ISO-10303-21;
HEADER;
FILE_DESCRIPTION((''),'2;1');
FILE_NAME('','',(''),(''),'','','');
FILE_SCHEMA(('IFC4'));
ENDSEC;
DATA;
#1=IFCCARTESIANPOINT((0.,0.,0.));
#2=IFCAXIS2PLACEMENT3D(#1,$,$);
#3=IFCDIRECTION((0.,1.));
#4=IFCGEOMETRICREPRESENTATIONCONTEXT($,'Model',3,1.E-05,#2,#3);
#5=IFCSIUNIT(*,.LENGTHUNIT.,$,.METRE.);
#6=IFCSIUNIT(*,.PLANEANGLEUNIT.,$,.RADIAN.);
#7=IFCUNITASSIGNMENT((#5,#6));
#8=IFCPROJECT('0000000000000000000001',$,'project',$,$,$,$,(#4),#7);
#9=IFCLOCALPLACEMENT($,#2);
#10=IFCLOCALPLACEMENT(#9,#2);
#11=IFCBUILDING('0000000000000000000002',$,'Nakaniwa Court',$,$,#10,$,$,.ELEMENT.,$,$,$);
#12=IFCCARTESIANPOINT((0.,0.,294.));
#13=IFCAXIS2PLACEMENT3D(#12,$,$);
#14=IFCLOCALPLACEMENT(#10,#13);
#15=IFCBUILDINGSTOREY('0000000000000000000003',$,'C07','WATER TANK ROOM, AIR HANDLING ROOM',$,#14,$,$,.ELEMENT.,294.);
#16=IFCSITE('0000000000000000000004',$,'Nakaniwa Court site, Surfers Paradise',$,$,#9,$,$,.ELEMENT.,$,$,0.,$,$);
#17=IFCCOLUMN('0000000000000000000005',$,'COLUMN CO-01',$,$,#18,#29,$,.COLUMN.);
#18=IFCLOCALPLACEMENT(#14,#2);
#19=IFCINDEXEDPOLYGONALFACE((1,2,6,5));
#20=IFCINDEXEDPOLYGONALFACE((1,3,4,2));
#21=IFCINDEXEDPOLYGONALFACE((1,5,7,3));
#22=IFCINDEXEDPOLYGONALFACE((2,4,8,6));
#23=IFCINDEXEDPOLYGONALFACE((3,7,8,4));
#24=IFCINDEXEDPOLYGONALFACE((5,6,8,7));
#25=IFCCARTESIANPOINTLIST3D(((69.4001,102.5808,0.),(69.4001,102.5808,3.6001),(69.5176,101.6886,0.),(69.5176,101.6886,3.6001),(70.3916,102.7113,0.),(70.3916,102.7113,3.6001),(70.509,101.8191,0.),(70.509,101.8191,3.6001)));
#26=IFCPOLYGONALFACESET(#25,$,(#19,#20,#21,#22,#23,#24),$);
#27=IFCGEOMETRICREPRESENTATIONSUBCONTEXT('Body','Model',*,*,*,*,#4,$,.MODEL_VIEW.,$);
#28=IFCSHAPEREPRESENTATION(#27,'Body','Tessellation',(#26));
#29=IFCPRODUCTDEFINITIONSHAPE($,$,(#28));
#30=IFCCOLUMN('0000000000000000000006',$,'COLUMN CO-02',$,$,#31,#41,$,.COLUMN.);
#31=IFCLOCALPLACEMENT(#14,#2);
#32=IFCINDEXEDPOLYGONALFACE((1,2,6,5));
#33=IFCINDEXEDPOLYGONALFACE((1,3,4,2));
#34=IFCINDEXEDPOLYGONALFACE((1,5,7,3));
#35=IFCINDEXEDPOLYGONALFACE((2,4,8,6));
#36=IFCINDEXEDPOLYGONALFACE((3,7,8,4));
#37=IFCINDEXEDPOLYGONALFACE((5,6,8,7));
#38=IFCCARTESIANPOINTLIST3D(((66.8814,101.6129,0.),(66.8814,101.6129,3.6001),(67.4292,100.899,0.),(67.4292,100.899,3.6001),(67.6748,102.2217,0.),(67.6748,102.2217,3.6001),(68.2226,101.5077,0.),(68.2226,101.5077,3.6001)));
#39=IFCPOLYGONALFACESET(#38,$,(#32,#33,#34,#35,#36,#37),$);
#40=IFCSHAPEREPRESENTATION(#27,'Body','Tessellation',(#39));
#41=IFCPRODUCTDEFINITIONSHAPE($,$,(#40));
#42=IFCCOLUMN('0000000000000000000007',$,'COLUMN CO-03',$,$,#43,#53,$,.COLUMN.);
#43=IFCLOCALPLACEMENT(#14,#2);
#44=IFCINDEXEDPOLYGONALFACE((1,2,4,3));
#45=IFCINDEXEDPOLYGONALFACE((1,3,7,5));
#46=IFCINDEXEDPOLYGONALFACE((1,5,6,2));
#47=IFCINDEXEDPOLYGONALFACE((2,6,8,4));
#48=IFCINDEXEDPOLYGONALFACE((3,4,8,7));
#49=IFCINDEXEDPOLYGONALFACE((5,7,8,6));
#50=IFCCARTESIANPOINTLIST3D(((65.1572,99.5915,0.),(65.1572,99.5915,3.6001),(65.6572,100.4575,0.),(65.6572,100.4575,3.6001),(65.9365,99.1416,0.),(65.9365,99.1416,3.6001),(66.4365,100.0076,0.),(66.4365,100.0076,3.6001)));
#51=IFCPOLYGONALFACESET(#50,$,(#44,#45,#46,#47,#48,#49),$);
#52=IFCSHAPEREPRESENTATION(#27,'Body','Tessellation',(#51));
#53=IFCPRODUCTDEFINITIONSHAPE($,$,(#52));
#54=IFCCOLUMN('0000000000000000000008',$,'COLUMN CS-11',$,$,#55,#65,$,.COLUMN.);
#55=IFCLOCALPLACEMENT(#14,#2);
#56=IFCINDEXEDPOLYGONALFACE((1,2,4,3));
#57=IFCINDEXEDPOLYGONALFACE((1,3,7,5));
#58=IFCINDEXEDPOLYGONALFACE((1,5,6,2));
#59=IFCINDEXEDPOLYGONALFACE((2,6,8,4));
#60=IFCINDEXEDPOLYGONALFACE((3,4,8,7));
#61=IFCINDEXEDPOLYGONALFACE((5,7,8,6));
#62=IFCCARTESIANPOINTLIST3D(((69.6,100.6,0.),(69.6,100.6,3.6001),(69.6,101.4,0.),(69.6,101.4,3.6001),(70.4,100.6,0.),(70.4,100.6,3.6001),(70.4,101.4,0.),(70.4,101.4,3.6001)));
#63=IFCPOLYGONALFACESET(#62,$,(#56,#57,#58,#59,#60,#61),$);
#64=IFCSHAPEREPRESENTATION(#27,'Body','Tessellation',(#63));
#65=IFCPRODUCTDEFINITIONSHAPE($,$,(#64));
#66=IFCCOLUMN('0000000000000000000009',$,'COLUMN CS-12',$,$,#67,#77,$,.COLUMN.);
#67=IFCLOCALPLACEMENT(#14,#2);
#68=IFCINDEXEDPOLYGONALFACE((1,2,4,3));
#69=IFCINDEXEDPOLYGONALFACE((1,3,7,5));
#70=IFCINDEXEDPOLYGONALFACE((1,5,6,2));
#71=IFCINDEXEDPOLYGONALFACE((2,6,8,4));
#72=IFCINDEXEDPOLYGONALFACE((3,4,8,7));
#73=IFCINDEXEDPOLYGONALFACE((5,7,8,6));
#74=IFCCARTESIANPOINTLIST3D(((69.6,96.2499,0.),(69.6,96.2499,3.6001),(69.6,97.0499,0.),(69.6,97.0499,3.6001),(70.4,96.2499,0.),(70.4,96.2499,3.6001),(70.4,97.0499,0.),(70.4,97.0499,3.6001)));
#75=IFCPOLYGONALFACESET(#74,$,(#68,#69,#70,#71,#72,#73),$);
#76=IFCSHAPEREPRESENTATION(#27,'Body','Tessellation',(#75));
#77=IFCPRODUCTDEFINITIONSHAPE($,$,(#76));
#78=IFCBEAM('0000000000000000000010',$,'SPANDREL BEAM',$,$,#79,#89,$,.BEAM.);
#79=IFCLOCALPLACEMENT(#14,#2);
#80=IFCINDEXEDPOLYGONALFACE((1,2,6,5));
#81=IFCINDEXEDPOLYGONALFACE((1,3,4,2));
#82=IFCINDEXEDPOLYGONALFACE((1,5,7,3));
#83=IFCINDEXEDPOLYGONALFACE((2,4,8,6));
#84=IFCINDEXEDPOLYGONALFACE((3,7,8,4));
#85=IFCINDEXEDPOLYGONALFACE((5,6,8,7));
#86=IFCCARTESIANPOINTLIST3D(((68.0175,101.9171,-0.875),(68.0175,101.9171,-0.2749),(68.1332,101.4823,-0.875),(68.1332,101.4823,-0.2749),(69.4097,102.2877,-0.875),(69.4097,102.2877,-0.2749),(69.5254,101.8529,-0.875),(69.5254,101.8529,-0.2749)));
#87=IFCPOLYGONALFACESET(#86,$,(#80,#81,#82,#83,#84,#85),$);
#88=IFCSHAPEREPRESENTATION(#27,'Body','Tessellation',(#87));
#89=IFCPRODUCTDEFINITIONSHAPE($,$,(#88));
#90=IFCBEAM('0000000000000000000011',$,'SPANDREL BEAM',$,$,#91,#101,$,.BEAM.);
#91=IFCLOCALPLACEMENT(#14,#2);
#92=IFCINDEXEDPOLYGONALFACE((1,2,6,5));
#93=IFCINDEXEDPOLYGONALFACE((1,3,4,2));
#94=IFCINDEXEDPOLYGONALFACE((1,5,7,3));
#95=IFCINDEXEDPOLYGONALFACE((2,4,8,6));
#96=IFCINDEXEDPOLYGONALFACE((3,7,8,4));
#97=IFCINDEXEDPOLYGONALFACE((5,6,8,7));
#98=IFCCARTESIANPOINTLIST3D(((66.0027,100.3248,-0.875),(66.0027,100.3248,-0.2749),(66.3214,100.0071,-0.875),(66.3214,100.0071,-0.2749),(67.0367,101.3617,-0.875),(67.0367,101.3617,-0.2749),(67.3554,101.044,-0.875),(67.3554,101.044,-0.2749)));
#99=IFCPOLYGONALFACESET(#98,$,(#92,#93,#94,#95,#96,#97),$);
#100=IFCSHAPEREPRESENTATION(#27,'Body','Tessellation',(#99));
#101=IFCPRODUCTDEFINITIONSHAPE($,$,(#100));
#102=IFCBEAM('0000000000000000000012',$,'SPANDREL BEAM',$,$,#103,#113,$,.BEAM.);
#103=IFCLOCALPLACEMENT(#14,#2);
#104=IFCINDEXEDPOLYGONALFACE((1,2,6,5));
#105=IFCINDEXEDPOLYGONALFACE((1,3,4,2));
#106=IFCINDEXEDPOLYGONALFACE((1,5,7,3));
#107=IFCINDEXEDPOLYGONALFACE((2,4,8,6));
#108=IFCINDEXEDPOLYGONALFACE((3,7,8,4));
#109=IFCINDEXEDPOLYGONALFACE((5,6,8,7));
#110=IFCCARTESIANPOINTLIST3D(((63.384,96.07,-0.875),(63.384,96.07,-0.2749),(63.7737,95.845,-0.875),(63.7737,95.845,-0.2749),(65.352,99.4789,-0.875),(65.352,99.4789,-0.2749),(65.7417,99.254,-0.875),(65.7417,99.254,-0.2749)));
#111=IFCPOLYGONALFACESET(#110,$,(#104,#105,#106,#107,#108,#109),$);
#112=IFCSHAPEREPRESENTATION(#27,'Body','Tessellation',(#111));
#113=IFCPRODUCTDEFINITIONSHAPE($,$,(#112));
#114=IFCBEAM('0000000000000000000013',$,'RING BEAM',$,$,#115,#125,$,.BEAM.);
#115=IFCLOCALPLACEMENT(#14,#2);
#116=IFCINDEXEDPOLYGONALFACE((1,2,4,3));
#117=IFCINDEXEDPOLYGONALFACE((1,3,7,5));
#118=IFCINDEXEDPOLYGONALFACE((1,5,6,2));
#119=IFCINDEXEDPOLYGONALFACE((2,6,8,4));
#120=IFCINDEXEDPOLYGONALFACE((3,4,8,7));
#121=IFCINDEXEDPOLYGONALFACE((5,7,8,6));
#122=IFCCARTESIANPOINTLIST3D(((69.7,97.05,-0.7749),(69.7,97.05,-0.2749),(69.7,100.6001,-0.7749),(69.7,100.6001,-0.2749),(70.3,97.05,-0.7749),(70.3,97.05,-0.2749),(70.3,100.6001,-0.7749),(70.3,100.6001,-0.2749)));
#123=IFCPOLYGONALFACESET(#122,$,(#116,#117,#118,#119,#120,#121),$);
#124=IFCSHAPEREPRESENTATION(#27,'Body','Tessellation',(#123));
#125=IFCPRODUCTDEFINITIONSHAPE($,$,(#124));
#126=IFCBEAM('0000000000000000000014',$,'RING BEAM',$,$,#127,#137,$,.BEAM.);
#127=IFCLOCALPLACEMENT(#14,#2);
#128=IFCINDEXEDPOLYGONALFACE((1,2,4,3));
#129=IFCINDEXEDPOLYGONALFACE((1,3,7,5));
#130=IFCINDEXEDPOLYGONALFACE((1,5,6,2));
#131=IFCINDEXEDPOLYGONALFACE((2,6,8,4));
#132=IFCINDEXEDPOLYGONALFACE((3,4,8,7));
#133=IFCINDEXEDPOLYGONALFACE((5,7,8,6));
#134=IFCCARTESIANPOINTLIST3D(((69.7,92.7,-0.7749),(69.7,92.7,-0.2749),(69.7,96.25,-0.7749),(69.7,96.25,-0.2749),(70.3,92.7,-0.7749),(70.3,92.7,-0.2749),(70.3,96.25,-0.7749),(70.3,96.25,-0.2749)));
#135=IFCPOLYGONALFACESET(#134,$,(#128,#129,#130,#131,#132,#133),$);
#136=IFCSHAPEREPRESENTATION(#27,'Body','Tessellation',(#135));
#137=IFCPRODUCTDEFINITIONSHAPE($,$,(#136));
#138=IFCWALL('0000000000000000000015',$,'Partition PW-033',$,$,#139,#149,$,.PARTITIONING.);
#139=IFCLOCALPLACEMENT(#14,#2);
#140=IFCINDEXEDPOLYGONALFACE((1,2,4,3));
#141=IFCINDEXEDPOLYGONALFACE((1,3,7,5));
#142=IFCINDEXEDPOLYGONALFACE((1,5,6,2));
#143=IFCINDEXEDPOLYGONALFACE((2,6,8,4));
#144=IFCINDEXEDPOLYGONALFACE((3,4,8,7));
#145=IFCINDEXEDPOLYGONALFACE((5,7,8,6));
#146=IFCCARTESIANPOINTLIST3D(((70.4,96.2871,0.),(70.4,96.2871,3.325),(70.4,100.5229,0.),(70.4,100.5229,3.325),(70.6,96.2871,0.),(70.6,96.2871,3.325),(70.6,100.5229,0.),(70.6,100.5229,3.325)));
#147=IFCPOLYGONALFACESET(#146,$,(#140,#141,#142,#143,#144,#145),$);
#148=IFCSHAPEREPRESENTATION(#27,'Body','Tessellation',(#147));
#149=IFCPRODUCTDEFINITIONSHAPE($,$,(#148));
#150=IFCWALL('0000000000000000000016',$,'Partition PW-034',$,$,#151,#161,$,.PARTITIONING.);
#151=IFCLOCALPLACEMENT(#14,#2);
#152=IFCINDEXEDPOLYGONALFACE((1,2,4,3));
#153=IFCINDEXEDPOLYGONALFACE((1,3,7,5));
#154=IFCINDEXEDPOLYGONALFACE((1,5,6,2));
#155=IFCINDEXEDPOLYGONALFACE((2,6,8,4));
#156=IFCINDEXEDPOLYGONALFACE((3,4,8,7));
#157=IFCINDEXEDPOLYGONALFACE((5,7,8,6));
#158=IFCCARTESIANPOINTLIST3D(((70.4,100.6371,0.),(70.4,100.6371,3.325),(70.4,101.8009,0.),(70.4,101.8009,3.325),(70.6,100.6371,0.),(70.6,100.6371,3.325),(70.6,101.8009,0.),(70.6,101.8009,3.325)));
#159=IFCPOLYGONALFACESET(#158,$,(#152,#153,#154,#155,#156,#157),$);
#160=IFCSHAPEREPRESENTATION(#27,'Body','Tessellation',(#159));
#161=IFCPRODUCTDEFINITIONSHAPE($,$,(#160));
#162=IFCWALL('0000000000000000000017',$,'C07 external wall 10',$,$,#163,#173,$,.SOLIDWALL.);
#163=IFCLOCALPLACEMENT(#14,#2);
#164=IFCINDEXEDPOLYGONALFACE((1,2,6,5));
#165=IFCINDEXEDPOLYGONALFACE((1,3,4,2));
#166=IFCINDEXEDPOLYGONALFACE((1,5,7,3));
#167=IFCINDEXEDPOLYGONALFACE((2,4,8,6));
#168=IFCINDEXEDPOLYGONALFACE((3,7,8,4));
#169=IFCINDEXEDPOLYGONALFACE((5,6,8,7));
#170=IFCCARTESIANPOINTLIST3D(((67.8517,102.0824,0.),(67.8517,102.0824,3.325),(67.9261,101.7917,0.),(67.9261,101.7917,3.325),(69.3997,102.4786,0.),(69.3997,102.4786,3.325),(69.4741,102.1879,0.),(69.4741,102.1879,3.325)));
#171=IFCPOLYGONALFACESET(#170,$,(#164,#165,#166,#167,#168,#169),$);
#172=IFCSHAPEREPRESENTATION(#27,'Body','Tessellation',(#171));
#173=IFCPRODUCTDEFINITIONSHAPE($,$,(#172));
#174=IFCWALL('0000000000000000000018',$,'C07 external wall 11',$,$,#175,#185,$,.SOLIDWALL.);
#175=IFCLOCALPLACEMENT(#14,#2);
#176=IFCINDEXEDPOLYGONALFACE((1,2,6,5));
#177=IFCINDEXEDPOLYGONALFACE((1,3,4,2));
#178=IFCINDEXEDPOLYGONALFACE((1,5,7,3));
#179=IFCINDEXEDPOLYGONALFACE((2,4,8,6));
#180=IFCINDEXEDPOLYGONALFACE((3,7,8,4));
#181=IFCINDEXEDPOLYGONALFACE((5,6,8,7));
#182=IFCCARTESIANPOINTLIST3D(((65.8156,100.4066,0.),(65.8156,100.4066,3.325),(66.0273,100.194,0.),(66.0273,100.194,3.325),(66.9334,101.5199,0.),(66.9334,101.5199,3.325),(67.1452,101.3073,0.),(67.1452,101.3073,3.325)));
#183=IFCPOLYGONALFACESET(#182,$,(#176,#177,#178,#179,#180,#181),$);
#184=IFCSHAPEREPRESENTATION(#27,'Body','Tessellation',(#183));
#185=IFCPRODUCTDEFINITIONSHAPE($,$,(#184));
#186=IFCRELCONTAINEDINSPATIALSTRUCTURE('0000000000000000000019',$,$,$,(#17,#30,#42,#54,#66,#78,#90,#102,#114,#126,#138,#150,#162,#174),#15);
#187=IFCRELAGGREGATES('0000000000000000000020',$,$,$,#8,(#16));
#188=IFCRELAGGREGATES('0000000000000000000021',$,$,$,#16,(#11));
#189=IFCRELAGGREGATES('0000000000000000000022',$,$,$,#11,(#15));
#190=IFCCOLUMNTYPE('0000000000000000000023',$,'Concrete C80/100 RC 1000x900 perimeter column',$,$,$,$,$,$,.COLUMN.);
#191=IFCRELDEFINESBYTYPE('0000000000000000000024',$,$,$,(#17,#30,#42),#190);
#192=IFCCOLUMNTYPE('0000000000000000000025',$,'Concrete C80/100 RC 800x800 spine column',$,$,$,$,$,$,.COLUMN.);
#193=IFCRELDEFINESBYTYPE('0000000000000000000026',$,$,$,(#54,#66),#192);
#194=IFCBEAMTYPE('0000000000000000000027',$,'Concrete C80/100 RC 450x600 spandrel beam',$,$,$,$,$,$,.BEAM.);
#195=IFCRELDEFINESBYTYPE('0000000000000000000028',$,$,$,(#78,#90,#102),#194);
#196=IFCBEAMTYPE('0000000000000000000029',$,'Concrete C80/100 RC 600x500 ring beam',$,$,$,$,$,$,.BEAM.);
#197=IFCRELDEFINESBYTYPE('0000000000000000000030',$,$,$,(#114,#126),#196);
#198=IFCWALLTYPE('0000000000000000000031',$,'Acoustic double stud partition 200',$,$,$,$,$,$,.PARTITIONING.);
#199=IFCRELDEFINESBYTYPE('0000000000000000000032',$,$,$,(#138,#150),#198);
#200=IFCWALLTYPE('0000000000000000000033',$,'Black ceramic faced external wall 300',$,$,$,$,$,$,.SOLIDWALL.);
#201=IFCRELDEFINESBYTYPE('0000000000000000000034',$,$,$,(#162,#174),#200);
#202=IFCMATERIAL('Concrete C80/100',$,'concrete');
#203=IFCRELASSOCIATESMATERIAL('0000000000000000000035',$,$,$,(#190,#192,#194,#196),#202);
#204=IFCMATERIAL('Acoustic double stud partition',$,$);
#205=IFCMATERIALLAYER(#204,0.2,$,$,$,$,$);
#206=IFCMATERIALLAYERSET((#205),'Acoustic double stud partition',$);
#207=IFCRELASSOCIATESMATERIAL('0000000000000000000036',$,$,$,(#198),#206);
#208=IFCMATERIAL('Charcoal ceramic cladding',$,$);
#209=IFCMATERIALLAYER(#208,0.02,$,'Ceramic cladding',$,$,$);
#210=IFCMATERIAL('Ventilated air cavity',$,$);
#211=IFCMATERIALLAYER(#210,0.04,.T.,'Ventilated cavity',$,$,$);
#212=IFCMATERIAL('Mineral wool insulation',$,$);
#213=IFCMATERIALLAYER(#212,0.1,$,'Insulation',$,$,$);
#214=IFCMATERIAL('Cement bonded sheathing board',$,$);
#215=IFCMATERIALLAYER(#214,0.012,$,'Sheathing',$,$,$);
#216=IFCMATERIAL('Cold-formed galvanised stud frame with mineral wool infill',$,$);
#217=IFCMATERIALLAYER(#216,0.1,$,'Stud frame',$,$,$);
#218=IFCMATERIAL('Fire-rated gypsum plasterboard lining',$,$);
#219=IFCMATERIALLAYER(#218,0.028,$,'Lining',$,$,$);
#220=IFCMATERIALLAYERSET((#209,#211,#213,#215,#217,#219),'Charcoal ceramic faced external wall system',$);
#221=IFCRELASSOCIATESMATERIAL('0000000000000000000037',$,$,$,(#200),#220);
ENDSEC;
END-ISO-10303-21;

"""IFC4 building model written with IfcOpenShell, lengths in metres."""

from ifc_helpers import new_model, si_unit, direction, frame, frame_2d, origin, origin_2d, place, context, subcontext, project, spatial, rectangle, extrude, material, layer, layer_set, material_profile, profile_set, type_object, element, save


model = new_model("IFC4")

# Units and contexts
model_context = context("Model", 3, precision=1e-05, world=origin(), true_north=direction((0.0, 1.0)))
body_context = subcontext(model_context, "Body", "Model", "MODEL_VIEW")
ifc_project = project(units=[si_unit("LENGTHUNIT", "METRE"), si_unit("PLANEANGLEUNIT", "RADIAN")], contexts=[model_context])

# Site, building, storey
site_placement = place(None, origin())
site = spatial("IfcSite", under=ifc_project, at=site_placement, Name="Nakaniwa Court site, Surfers Paradise", CompositionType="ELEMENT", RefElevation=0.0)
building_placement = place(site_placement, origin())
building = spatial("IfcBuilding", under=site, at=building_placement, Name="Nakaniwa Court", CompositionType="ELEMENT")
storey_placement = place(building_placement, frame((0.0, 0.0, 294.0)))
storey = spatial("IfcBuildingStorey", under=building, at=storey_placement, Name="C07", Description="WATER TANK ROOM, AIR HANDLING ROOM", CompositionType="ELEMENT", Elevation=294.0)

# Columns
ifc_material_1 = material(Name="Concrete C80/100", Category="concrete")
ifc_material_profile_1 = material_profile(ifc_material_1, rectangle(XDim=1.0, YDim=0.8999, at=origin_2d()), Name="Concrete C80/100 RC 1000x900 perimeter column")
ifc_profile_set_1 = profile_set([ifc_material_profile_1], Name="Concrete C80/100")
column_type_1 = type_object("IfcColumnType", Name="Concrete C80/100 RC 1000x900 perimeter column", PredefinedType="COLUMN", material=ifc_profile_set_1)
for number, where, z_axis, x_axis, name in (
    (1, (69.9546, 102.2, 0.0), (0.0, 0.0, 1.0), (-0.991443, -0.130543, 0.0), "COLUMN CO-01"),
    (2, (67.552, 101.5603, 0.0), (0.0, 0.0, 1.0), (-0.793364, -0.608748, 0.0), "COLUMN CO-02"),
    (3, (65.7969, 99.7996, 0.0), (0.0, 0.0, 1.0), (-0.5, -0.866025, 0.0), "COLUMN CO-03"),
):
    element("IfcColumn", number, at=place(storey_placement, frame(where, z_axis=z_axis, x_axis=x_axis)), inside=storey, type_object=column_type_1, Name=name, PredefinedType="COLUMN", context=body_context, shape_type="SweptSolid", body=[
        extrude(rectangle(XDim=1.0, YDim=0.8999, at=origin_2d()), origin(), (0.0, 0.0, 1.0), 3.6001),
    ])
ifc_material_profile_2 = material_profile(ifc_material_1, rectangle(XDim=0.8, YDim=0.8, at=origin_2d()), Name="Concrete C80/100 RC 800x800 spine column")
ifc_profile_set_2 = profile_set([ifc_material_profile_2], Name="Concrete C80/100")
column_type_2 = type_object("IfcColumnType", Name="Concrete C80/100 RC 800x800 spine column", PredefinedType="COLUMN", material=ifc_profile_set_2)
for number, where, z_axis, x_axis, name in (
    (4, (70.0, 101.0, 0.0), (0.0, 0.0, 1.0), (0.0, -1.0, 0.0), "COLUMN CS-11"),
    (5, (70.0, 96.6499, 0.0), (0.0, 0.0, 1.0), (0.0, -1.0, 0.0), "COLUMN CS-12"),
):
    element("IfcColumn", number, at=place(storey_placement, frame(where, z_axis=z_axis, x_axis=x_axis)), inside=storey, type_object=column_type_2, Name=name, PredefinedType="COLUMN", context=body_context, shape_type="SweptSolid", body=[
        extrude(rectangle(XDim=0.8, YDim=0.8, at=origin_2d()), origin(), (0.0, 0.0, 1.0), 3.6001),
    ])

# Beams
ifc_material_profile_3 = material_profile(ifc_material_1, rectangle(XDim=0.45, YDim=0.6001, at=origin_2d()), Name="Concrete C80/100 RC 450x600 spandrel beam")
ifc_profile_set_3 = profile_set([ifc_material_profile_3], Name="Concrete C80/100")
beam_type_1 = type_object("IfcBeamType", Name="Concrete C80/100 RC 450x600 spandrel beam", PredefinedType="BEAM", material=ifc_profile_set_3)
beam_1_placement = place(storey_placement, frame((69.4675, 102.0703, -0.575), z_axis=(-0.966342, -0.257262, 0.0), x_axis=(0.257262, -0.966342, 0.0)))
element("IfcBeam", 6, at=beam_1_placement, inside=storey, type_object=beam_type_1, Name="SPANDREL BEAM", PredefinedType="BEAM", context=body_context, shape_type="SweptSolid", body=[
    extrude(rectangle(XDim=0.45, YDim=0.6001, at=origin_2d()), origin(), (0.0, 0.0, 1.0), 1.4407),
])
beam_2_placement = place(storey_placement, frame((67.196, 101.2029, -0.575), z_axis=(-0.706106, -0.708106, 0.0), x_axis=(0.708106, -0.706106, 0.0)))
element("IfcBeam", 7, at=beam_2_placement, inside=storey, type_object=beam_type_1, Name="SPANDREL BEAM", PredefinedType="BEAM", context=body_context, shape_type="SweptSolid", body=[
    extrude(rectangle(XDim=0.45, YDim=0.6001, at=origin_2d()), origin(), (0.0, 0.0, 1.0), 1.4644),
])
beam_3_placement = place(storey_placement, frame((65.5469, 99.3665, -0.575), z_axis=(-0.499975, -0.86604, 0.0), x_axis=(0.86604, -0.499975, 0.0)))
element("IfcBeam", 8, at=beam_3_placement, inside=storey, type_object=beam_type_1, Name="SPANDREL BEAM", PredefinedType="BEAM", context=body_context, shape_type="SweptSolid", body=[
    extrude(rectangle(XDim=0.45, YDim=0.6001, at=origin_2d()), origin(), (0.0, 0.0, 1.0), 3.9363),
])
ifc_material_profile_4 = material_profile(ifc_material_1, rectangle(XDim=0.6001, YDim=0.5, at=origin_2d()), Name="Concrete C80/100 RC 600x500 ring beam")
ifc_profile_set_4 = profile_set([ifc_material_profile_4], Name="Concrete C80/100")
beam_type_2 = type_object("IfcBeamType", Name="Concrete C80/100 RC 600x500 ring beam", PredefinedType="BEAM", material=ifc_profile_set_4)
for number, where, z_axis, x_axis, name in (
    (9, (70.0, 100.6001, -0.5249), (0.0, -1.0, 0.0), (1.0, 0.0, 0.0), "RING BEAM"),
    (10, (70.0, 96.25, -0.5249), (0.0, -1.0, 0.0), (1.0, 0.0, 0.0), "RING BEAM"),
):
    element("IfcBeam", number, at=place(storey_placement, frame(where, z_axis=z_axis, x_axis=x_axis)), inside=storey, type_object=beam_type_2, Name=name, PredefinedType="BEAM", context=body_context, shape_type="SweptSolid", body=[
        extrude(rectangle(XDim=0.6001, YDim=0.5, at=origin_2d()), origin(), (0.0, 0.0, 1.0), 3.55),
    ])

# Walls
ifc_material_2 = material(Name="Acoustic double stud partition")
ifc_layer_1 = layer(ifc_material_2, 0.2)
ifc_layer_set_1 = layer_set([ifc_layer_1], Name="Acoustic double stud partition")
wall_type_1 = type_object("IfcWallType", Name="Acoustic double stud partition 200", PredefinedType="PARTITIONING", material=ifc_layer_set_1)
wall_1_placement = place(storey_placement, frame((70.5, 96.2871, 0.0), z_axis=(0.0, 0.0, 1.0), x_axis=(0.0, 1.0, 0.0)))
element("IfcWall", 11, at=wall_1_placement, inside=storey, type_object=wall_type_1, Name="Partition PW-033", PredefinedType="PARTITIONING", context=body_context, shape_type="SweptSolid", body=[
    extrude(rectangle(XDim=4.2358, YDim=0.2, at=frame_2d((2.1179, 0.0))), origin(), (0.0, 0.0, 1.0), 3.325),
])
wall_2_placement = place(storey_placement, frame((70.5, 100.637, 0.0), z_axis=(0.0, 0.0, 1.0), x_axis=(0.0, 1.0, 0.0)))
element("IfcWall", 12, at=wall_2_placement, inside=storey, type_object=wall_type_1, Name="Partition PW-034", PredefinedType="PARTITIONING", context=body_context, shape_type="SweptSolid", body=[
    extrude(rectangle(XDim=1.1638, YDim=0.2, at=frame_2d((0.582, 0.0))), origin(), (0.0, 0.0, 1.0), 3.325),
])
ifc_material_3 = material(Name="Charcoal ceramic cladding")
ifc_layer_2 = layer(ifc_material_3, 0.02, Name="Ceramic cladding")
ifc_material_4 = material(Name="Ventilated air cavity")
ifc_layer_3 = layer(ifc_material_4, 0.04, ventilated=True, Name="Ventilated cavity")
ifc_material_5 = material(Name="Mineral wool insulation")
ifc_layer_4 = layer(ifc_material_5, 0.1, Name="Insulation")
ifc_material_6 = material(Name="Cement bonded sheathing board")
ifc_layer_5 = layer(ifc_material_6, 0.012, Name="Sheathing")
ifc_material_7 = material(Name="Cold-formed galvanised stud frame with mineral wool infill")
ifc_layer_6 = layer(ifc_material_7, 0.1, Name="Stud frame")
ifc_material_8 = material(Name="Fire-rated gypsum plasterboard lining")
ifc_layer_7 = layer(ifc_material_8, 0.028, Name="Lining")
ifc_layer_set_2 = layer_set([ifc_layer_2, ifc_layer_3, ifc_layer_4, ifc_layer_5, ifc_layer_6, ifc_layer_7], Name="Charcoal ceramic faced external wall system")
wall_type_2 = type_object("IfcWallType", Name="Black ceramic faced external wall 300", PredefinedType="SOLIDWALL", material=ifc_layer_set_2)
wall_3_placement = place(storey_placement, frame((69.4368, 102.3333, 0.0), z_axis=(0.0, 0.0, 1.0), x_axis=(-0.96877, -0.24796, 0.0)))
element("IfcWall", 13, at=wall_3_placement, inside=storey, type_object=wall_type_2, Name="C07 external wall 10", PredefinedType="SOLIDWALL", context=body_context, shape_type="SweptSolid", body=[
    extrude(rectangle(XDim=1.5979, YDim=0.3, at=frame_2d((0.7988, 0.0))), origin(), (0.0, 0.0, 1.0), 3.325),
])
wall_4_placement = place(storey_placement, frame((67.0393, 101.4136, 0.0), z_axis=(0.0, 0.0, 1.0), x_axis=(-0.708575, -0.705635, 0.0)))
element("IfcWall", 14, at=wall_4_placement, inside=storey, type_object=wall_type_2, Name="C07 external wall 11", PredefinedType="SOLIDWALL", context=body_context, shape_type="SweptSolid", body=[
    extrude(rectangle(XDim=1.5776, YDim=0.3, at=frame_2d((0.7888, 0.0))), origin(), (0.0, 0.0, 1.0), 3.325),
])

save(model, "model.ifc")
